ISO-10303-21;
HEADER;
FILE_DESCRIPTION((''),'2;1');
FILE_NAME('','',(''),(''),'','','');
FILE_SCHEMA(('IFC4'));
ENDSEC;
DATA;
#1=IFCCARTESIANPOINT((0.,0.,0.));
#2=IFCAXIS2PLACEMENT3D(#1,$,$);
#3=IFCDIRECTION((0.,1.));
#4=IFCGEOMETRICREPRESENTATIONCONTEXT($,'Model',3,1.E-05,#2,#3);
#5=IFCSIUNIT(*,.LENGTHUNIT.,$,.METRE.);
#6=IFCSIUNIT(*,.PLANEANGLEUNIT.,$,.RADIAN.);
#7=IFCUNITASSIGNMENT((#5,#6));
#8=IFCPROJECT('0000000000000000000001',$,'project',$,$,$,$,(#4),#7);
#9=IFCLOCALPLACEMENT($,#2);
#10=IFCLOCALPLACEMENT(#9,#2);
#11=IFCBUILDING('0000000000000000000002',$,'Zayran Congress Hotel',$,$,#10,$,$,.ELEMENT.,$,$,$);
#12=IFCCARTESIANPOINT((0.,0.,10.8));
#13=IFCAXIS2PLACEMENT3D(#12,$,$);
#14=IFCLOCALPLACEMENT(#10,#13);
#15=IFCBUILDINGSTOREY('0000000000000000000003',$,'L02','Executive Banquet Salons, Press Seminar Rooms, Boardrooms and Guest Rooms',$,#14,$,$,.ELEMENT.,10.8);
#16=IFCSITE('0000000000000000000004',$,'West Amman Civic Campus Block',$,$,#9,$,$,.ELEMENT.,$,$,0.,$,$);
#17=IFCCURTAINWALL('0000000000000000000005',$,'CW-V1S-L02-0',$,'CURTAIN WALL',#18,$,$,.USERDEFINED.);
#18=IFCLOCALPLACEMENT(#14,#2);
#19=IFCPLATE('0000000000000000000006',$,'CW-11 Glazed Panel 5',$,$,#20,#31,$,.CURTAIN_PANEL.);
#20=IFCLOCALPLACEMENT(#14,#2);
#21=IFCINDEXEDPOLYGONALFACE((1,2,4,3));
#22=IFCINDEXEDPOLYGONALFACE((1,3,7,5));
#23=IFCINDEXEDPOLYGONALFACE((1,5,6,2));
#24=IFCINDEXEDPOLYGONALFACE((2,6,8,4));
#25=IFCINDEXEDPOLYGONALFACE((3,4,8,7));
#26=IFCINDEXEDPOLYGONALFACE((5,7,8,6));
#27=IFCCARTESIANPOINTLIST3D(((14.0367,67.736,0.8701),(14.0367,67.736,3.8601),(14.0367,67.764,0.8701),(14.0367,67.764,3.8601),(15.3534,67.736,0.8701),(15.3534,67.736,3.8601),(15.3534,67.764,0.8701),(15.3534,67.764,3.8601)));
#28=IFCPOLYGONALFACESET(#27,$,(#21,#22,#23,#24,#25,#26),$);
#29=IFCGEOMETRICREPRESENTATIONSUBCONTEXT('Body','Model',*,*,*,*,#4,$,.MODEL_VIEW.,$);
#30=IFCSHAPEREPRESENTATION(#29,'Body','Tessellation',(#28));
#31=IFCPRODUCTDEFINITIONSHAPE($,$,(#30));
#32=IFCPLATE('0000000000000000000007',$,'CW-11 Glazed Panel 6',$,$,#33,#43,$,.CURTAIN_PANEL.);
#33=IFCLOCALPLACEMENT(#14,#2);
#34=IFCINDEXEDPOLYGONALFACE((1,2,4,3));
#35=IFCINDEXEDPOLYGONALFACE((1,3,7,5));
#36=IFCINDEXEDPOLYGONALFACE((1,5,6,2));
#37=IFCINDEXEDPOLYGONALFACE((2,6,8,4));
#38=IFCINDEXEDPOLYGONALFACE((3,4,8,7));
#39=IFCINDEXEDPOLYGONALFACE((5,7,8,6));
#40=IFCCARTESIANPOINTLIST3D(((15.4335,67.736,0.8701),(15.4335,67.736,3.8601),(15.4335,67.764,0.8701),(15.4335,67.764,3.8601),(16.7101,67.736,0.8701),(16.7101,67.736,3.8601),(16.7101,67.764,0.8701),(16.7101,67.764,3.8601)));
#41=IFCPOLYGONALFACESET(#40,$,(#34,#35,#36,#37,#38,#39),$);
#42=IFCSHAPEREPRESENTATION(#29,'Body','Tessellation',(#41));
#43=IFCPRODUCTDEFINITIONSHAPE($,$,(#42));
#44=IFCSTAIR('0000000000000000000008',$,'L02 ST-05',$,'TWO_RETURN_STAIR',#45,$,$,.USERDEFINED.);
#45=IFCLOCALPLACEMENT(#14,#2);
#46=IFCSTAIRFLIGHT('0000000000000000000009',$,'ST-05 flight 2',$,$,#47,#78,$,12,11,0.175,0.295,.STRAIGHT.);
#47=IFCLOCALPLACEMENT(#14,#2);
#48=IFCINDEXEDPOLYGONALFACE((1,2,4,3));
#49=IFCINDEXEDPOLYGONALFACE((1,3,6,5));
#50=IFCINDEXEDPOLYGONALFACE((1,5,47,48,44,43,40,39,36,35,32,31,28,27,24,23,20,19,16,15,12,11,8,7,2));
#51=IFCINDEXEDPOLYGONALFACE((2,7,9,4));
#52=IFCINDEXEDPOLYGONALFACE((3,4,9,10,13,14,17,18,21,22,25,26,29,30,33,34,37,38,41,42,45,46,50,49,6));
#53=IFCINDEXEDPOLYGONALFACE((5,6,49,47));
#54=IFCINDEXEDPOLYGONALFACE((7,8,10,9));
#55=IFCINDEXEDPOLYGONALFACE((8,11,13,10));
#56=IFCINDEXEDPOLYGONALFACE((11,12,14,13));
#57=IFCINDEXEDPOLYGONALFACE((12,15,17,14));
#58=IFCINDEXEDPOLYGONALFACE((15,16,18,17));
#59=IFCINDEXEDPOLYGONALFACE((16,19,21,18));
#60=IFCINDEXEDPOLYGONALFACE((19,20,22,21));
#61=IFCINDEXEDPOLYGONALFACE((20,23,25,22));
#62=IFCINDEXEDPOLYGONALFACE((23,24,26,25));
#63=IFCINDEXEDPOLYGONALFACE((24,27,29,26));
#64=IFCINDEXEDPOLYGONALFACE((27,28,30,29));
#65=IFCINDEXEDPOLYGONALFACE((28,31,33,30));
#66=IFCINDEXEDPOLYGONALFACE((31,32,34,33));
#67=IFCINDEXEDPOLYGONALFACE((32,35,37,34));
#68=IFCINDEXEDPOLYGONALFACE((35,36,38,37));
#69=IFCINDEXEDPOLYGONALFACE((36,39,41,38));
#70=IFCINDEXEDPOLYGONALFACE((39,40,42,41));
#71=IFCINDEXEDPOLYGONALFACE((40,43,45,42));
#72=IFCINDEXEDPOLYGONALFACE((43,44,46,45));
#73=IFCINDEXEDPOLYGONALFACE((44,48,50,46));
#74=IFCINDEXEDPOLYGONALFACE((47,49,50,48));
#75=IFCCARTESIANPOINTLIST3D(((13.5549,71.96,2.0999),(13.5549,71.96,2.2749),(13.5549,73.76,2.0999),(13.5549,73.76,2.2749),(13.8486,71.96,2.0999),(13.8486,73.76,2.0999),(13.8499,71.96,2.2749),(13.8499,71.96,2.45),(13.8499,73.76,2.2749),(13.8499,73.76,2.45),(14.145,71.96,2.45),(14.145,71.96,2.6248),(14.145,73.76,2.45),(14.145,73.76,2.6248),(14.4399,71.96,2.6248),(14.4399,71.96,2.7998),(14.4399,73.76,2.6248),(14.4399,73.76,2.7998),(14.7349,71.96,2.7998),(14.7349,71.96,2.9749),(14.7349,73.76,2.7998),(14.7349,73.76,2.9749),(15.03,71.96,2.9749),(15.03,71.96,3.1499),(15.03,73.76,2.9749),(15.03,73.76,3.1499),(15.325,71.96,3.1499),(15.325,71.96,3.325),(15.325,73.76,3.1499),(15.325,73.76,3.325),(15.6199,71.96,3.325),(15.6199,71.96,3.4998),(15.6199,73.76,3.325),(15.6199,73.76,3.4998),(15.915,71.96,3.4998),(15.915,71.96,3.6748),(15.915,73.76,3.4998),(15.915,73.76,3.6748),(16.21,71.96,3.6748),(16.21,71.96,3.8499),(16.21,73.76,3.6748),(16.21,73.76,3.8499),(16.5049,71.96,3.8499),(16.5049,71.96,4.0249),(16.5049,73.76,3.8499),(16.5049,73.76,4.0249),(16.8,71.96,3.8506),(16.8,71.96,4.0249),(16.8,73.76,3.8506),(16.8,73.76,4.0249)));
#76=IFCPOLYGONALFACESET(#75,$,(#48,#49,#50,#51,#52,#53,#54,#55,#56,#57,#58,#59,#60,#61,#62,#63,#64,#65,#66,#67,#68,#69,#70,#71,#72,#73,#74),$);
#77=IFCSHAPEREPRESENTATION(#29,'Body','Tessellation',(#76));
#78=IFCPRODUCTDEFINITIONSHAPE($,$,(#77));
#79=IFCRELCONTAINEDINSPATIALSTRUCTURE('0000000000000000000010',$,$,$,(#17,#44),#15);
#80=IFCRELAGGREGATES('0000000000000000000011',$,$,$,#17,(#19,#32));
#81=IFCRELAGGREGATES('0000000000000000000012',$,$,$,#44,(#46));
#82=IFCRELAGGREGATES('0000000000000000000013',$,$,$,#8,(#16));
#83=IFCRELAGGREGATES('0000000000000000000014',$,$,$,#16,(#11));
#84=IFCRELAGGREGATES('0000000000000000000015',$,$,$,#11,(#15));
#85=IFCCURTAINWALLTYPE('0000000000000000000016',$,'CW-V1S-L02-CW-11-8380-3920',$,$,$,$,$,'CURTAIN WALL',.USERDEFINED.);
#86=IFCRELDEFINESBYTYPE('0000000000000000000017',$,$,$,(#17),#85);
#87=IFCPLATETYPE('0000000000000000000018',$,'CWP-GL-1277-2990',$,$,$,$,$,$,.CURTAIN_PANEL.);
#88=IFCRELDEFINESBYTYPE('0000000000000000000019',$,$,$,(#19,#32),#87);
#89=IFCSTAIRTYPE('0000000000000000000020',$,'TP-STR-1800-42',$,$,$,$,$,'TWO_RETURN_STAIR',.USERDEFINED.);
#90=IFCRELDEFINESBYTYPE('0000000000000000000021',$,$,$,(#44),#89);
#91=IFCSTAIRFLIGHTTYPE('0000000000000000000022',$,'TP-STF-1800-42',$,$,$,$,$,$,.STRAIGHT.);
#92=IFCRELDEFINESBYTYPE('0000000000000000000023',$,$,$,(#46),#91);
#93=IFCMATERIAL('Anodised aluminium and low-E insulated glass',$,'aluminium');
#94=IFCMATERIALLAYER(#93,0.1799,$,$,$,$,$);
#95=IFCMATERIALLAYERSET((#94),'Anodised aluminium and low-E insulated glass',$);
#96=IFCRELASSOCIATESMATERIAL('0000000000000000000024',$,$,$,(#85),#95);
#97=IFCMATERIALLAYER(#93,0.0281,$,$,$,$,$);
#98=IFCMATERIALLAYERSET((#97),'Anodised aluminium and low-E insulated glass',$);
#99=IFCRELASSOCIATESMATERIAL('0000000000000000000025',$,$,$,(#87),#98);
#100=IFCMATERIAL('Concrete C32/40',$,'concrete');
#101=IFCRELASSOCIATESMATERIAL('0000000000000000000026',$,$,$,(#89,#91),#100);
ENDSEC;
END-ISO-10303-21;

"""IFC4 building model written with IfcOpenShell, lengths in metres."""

from ifc_helpers import new_model, si_unit, direction, frame, origin, origin_2d, place, context, subcontext, project, spatial, polyline, rectangle, outline, extrude, material, layer, layer_set, type_object, element, aggregate, save


model = new_model("IFC4")

# Units and contexts
model_context = context("Model", 3, precision=1e-05, world=origin(), true_north=direction((0.0, 1.0)))
body_context = subcontext(model_context, "Body", "Model", "MODEL_VIEW")
ifc_project = project(units=[si_unit("LENGTHUNIT", "METRE"), si_unit("PLANEANGLEUNIT", "RADIAN")], contexts=[model_context])

# Site, building, storey
site_placement = place(None, origin())
site = spatial("IfcSite", under=ifc_project, at=site_placement, Name="West Amman Civic Campus Block", CompositionType="ELEMENT", RefElevation=0.0)
building_placement = place(site_placement, origin())
building = spatial("IfcBuilding", under=site, at=building_placement, Name="Zayran Congress Hotel", CompositionType="ELEMENT")
storey_placement = place(building_placement, frame((0.0, 0.0, 10.8)))
storey = spatial("IfcBuildingStorey", under=building, at=storey_placement, Name="L02", Description="Executive Banquet Salons, Press Seminar Rooms, Boardrooms and Guest Rooms", CompositionType="ELEMENT", Elevation=10.8)

# Curtain wall, plates
ifc_material_1 = material(Name="Anodised aluminium and low-E insulated glass", Category="aluminium")
ifc_layer_1 = layer(ifc_material_1, 0.1799)
ifc_layer_set_1 = layer_set([ifc_layer_1], Name="Anodised aluminium and low-E insulated glass")
curtain_wall_type = type_object("IfcCurtainWallType", Name="CW-V1S-L02-CW-11-8380-3920", ElementType="CURTAIN WALL", PredefinedType="USERDEFINED", material=ifc_layer_set_1)
curtain_wall_placement = place(storey_placement, origin())
curtain_wall = element("IfcCurtainWall", 1, at=curtain_wall_placement, inside=storey, type_object=curtain_wall_type, Name="CW-V1S-L02-0", ObjectType="CURTAIN WALL", PredefinedType="USERDEFINED")
ifc_layer_2 = layer(ifc_material_1, 0.0281)
ifc_layer_set_2 = layer_set([ifc_layer_2], Name="Anodised aluminium and low-E insulated glass")
plate_type_1 = type_object("IfcPlateType", Name="CWP-GL-1277-2990", PredefinedType="CURTAIN_PANEL", material=ifc_layer_set_2)
plate_1_placement = place(storey_placement, frame((14.6951, 67.75, 0.8701), z_axis=(0.0, 0.0, 1.0), x_axis=(1.0, 0.0, 0.0)))
plate_1 = element("IfcPlate", 2, at=plate_1_placement, type_object=plate_type_1, Name="CW-11 Glazed Panel 5", PredefinedType="CURTAIN_PANEL", context=body_context, shape_type="SweptSolid", body=[
    extrude(rectangle(XDim=1.3167, YDim=0.0281, at=origin_2d()), origin(), (0.0, 0.0, 1.0), 2.99),
])
plate_2_placement = place(storey_placement, frame((16.0718, 67.75, 0.8701), z_axis=(0.0, 0.0, 1.0), x_axis=(1.0, 0.0, 0.0)))
plate_2 = element("IfcPlate", 3, at=plate_2_placement, type_object=plate_type_1, Name="CW-11 Glazed Panel 6", PredefinedType="CURTAIN_PANEL", context=body_context, shape_type="SweptSolid", body=[
    extrude(rectangle(XDim=1.2766, YDim=0.0281, at=origin_2d()), origin(), (0.0, 0.0, 1.0), 2.99),
])
aggregate(curtain_wall, [plate_1, plate_2])

# Stair, stair flight
ifc_material_2 = material(Name="Concrete C32/40", Category="concrete")
stair_type = type_object("IfcStairType", Name="TP-STR-1800-42", ElementType="TWO_RETURN_STAIR", PredefinedType="USERDEFINED", material=ifc_material_2)
stair_placement = place(storey_placement, origin())
stair = element("IfcStair", 4, at=stair_placement, inside=storey, type_object=stair_type, Name="L02 ST-05", ObjectType="TWO_RETURN_STAIR", PredefinedType="USERDEFINED")
stair_flight_type = type_object("IfcStairFlightType", Name="TP-STF-1800-42", PredefinedType="STRAIGHT", material=ifc_material_2)
stair_flight_placement = place(storey_placement, frame((13.5549, 72.8601, 2.0999), z_axis=(0.0, 0.0, 1.0), x_axis=(1.0, 0.0, 0.0)))
stair_flight = element("IfcStairFlight", 5, at=stair_flight_placement, type_object=stair_flight_type, Name="ST-05 flight 2", NumberOfRisers=12, NumberOfTreads=11, PredefinedType="STRAIGHT", RiserHeight=0.175, TreadLength=0.295, context=body_context, shape_type="SweptSolid", body=[
    extrude(outline(polyline([(0.0, 0.0), (0.0, 0.175), (0.2949, 0.175), (0.2949, 0.3501), (0.5901, 0.3501), (0.5901, 0.5249), (0.885, 0.5249), (0.885, 0.7), (1.1799, 0.7), (1.1799, 0.875), (1.4751, 0.875), (1.4751, 1.05), (1.77, 1.05), (1.77, 1.2251), (2.0649, 1.2251), (2.0649, 1.3999), (2.3601, 1.3999), (2.3601, 1.575), (2.655, 1.575), (2.655, 1.75), (2.95, 1.75), (2.95, 1.925), (3.2451, 1.925), (3.2451, 2.1001), (3.2451, 1.7507), (0.2937, 0.0), (0.0, 0.0)])), frame((0.0, 0.8999, 0.0), z_axis=(0.0, -1.0, 0.0), x_axis=(1.0, 0.0, 0.0)), (0.0, 0.0, 1.0), 1.8),
])
aggregate(stair, [stair_flight])

save(model, "model.ifc")
